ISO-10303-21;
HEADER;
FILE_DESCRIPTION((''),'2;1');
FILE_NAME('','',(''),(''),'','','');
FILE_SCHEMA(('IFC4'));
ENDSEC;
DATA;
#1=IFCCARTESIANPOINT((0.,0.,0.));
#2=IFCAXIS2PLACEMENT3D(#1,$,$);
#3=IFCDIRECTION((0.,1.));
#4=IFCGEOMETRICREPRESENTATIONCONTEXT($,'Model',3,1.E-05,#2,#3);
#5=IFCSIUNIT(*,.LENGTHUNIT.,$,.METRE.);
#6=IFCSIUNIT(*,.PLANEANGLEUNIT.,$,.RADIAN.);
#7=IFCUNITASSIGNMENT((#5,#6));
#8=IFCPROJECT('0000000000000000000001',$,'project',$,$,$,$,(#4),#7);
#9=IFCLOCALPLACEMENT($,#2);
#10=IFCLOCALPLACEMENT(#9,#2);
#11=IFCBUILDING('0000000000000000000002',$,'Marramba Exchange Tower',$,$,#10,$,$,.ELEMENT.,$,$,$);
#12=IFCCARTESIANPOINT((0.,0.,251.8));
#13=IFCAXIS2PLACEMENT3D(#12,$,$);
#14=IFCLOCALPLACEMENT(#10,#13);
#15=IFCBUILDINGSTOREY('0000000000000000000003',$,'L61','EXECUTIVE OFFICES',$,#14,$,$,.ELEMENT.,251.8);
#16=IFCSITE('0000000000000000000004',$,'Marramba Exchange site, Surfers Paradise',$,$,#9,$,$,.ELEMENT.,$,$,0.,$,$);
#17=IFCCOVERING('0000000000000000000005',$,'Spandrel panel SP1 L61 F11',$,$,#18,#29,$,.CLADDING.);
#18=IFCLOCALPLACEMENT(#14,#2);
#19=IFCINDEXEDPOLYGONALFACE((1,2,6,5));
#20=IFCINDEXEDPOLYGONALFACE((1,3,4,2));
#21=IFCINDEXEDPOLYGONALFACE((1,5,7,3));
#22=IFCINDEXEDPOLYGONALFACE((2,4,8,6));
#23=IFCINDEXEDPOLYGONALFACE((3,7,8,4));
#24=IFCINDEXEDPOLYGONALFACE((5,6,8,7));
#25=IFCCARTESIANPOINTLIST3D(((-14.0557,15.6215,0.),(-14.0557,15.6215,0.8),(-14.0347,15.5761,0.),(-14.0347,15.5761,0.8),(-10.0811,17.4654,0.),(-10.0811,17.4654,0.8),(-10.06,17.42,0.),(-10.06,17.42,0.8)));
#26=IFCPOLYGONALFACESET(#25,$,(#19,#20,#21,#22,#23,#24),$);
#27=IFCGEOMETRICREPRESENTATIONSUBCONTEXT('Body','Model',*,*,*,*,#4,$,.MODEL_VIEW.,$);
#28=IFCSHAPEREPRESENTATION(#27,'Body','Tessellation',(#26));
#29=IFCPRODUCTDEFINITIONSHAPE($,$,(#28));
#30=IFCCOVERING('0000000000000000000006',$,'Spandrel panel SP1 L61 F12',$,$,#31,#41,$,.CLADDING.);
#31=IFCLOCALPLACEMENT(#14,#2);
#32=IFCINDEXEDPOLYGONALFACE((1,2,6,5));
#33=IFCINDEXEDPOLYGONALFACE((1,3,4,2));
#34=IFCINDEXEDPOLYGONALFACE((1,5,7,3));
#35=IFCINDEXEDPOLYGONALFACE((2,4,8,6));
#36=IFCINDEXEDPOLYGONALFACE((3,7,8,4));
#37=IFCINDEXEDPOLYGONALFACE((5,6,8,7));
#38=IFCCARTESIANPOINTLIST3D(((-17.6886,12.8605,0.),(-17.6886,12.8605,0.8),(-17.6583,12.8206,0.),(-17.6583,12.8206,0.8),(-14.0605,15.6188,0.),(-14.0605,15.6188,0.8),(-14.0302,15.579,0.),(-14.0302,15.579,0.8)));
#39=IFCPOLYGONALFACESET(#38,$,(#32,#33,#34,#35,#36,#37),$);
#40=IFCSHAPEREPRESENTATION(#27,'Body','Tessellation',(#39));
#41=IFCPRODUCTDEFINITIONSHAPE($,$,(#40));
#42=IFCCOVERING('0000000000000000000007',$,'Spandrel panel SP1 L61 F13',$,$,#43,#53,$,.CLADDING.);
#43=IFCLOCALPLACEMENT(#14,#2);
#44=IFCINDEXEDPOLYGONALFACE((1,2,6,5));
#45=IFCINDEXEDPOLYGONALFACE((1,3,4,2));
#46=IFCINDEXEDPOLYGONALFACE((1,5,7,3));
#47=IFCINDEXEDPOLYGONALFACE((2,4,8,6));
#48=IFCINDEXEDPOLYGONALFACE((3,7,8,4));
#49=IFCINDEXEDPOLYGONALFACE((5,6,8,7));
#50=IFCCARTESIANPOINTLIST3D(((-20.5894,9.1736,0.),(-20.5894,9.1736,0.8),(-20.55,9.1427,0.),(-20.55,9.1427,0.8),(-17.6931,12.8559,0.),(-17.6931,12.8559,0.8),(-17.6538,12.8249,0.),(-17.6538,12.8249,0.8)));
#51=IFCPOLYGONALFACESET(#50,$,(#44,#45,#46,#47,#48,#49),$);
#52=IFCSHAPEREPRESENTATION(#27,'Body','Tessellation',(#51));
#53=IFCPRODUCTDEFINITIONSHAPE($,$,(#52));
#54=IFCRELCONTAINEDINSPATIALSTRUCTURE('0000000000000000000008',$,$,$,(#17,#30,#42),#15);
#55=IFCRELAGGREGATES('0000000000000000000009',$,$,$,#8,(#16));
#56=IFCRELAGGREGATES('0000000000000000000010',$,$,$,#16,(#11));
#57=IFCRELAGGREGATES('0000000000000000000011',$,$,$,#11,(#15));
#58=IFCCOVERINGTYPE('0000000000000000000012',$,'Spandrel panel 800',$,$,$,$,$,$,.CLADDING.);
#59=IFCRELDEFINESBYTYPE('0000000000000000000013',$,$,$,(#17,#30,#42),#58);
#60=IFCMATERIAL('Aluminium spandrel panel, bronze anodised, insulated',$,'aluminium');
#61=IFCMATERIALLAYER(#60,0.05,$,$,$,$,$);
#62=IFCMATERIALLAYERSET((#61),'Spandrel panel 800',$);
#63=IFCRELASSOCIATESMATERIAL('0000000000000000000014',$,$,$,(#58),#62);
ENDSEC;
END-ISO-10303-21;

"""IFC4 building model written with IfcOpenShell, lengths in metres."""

from ifc_helpers import new_model, si_unit, direction, frame, origin, origin_2d, place, context, subcontext, project, spatial, rectangle, extrude, material, layer, layer_set, type_object, element, save


model = new_model("IFC4")

# Units and contexts
model_context = context("Model", 3, precision=1e-05, world=origin(), true_north=direction((0.0, 1.0)))
body_context = subcontext(model_context, "Body", "Model", "MODEL_VIEW")
ifc_project = project(units=[si_unit("LENGTHUNIT", "METRE"), si_unit("PLANEANGLEUNIT", "RADIAN")], contexts=[model_context])

# Site, building, storey
site_placement = place(None, origin())
site = spatial("IfcSite", under=ifc_project, at=site_placement, Name="Marramba Exchange site, Surfers Paradise", CompositionType="ELEMENT", RefElevation=0.0)
building_placement = place(site_placement, origin())
building = spatial("IfcBuilding", under=site, at=building_placement, Name="Marramba Exchange Tower", CompositionType="ELEMENT")
storey_placement = place(building_placement, frame((0.0, 0.0, 251.8)))
storey = spatial("IfcBuildingStorey", under=building, at=storey_placement, Name="L61", Description="EXECUTIVE OFFICES", CompositionType="ELEMENT", Elevation=251.8)

# Coverings
ifc_material_1 = material(Name="Aluminium spandrel panel, bronze anodised, insulated", Category="aluminium")
ifc_layer_1 = layer(ifc_material_1, 0.05)
ifc_layer_set_1 = layer_set([ifc_layer_1], Name="Spandrel panel 800")
covering_type = type_object("IfcCoveringType", Name="Spandrel panel 800", PredefinedType="CLADDING", material=ifc_layer_set_1)
covering_1_placement = place(storey_placement, frame((-12.0579, 16.5208, 0.0), z_axis=(0.0, 0.0, 1.0), x_axis=(-0.907131, -0.420849, 0.0)))
element("IfcCovering", 1, at=covering_1_placement, inside=storey, type_object=covering_type, Name="Spandrel panel SP1 L61 F11", PredefinedType="CLADDING", context=body_context, shape_type="SweptSolid", body=[
    extrude(rectangle(XDim=4.3816, YDim=0.05, at=origin_2d()), origin(), (0.0, 0.0, 1.0), 0.8),
])
covering_2_placement = place(storey_placement, frame((-15.8594, 14.2197, 0.0), z_axis=(0.0, 0.0, 1.0), x_axis=(-0.796059, -0.605219, 0.0)))
element("IfcCovering", 2, at=covering_2_placement, inside=storey, type_object=covering_type, Name="Spandrel panel SP1 L61 F12", PredefinedType="CLADDING", context=body_context, shape_type="SweptSolid", body=[
    extrude(rectangle(XDim=4.5576, YDim=0.05, at=origin_2d()), origin(), (0.0, 0.0, 1.0), 0.8),
])
covering_3_placement = place(storey_placement, frame((-19.1216, 10.9993, 0.0), z_axis=(0.0, 0.0, 1.0), x_axis=(-0.618223, -0.786003, 0.0)))
element("IfcCovering", 3, at=covering_3_placement, inside=storey, type_object=covering_type, Name="Spandrel panel SP1 L61 F13", PredefinedType="CLADDING", context=body_context, shape_type="SweptSolid", body=[
    extrude(rectangle(XDim=4.6848, YDim=0.05, at=origin_2d()), origin(), (0.0, 0.0, 1.0), 0.8),
])

save(model, "model.ifc")
